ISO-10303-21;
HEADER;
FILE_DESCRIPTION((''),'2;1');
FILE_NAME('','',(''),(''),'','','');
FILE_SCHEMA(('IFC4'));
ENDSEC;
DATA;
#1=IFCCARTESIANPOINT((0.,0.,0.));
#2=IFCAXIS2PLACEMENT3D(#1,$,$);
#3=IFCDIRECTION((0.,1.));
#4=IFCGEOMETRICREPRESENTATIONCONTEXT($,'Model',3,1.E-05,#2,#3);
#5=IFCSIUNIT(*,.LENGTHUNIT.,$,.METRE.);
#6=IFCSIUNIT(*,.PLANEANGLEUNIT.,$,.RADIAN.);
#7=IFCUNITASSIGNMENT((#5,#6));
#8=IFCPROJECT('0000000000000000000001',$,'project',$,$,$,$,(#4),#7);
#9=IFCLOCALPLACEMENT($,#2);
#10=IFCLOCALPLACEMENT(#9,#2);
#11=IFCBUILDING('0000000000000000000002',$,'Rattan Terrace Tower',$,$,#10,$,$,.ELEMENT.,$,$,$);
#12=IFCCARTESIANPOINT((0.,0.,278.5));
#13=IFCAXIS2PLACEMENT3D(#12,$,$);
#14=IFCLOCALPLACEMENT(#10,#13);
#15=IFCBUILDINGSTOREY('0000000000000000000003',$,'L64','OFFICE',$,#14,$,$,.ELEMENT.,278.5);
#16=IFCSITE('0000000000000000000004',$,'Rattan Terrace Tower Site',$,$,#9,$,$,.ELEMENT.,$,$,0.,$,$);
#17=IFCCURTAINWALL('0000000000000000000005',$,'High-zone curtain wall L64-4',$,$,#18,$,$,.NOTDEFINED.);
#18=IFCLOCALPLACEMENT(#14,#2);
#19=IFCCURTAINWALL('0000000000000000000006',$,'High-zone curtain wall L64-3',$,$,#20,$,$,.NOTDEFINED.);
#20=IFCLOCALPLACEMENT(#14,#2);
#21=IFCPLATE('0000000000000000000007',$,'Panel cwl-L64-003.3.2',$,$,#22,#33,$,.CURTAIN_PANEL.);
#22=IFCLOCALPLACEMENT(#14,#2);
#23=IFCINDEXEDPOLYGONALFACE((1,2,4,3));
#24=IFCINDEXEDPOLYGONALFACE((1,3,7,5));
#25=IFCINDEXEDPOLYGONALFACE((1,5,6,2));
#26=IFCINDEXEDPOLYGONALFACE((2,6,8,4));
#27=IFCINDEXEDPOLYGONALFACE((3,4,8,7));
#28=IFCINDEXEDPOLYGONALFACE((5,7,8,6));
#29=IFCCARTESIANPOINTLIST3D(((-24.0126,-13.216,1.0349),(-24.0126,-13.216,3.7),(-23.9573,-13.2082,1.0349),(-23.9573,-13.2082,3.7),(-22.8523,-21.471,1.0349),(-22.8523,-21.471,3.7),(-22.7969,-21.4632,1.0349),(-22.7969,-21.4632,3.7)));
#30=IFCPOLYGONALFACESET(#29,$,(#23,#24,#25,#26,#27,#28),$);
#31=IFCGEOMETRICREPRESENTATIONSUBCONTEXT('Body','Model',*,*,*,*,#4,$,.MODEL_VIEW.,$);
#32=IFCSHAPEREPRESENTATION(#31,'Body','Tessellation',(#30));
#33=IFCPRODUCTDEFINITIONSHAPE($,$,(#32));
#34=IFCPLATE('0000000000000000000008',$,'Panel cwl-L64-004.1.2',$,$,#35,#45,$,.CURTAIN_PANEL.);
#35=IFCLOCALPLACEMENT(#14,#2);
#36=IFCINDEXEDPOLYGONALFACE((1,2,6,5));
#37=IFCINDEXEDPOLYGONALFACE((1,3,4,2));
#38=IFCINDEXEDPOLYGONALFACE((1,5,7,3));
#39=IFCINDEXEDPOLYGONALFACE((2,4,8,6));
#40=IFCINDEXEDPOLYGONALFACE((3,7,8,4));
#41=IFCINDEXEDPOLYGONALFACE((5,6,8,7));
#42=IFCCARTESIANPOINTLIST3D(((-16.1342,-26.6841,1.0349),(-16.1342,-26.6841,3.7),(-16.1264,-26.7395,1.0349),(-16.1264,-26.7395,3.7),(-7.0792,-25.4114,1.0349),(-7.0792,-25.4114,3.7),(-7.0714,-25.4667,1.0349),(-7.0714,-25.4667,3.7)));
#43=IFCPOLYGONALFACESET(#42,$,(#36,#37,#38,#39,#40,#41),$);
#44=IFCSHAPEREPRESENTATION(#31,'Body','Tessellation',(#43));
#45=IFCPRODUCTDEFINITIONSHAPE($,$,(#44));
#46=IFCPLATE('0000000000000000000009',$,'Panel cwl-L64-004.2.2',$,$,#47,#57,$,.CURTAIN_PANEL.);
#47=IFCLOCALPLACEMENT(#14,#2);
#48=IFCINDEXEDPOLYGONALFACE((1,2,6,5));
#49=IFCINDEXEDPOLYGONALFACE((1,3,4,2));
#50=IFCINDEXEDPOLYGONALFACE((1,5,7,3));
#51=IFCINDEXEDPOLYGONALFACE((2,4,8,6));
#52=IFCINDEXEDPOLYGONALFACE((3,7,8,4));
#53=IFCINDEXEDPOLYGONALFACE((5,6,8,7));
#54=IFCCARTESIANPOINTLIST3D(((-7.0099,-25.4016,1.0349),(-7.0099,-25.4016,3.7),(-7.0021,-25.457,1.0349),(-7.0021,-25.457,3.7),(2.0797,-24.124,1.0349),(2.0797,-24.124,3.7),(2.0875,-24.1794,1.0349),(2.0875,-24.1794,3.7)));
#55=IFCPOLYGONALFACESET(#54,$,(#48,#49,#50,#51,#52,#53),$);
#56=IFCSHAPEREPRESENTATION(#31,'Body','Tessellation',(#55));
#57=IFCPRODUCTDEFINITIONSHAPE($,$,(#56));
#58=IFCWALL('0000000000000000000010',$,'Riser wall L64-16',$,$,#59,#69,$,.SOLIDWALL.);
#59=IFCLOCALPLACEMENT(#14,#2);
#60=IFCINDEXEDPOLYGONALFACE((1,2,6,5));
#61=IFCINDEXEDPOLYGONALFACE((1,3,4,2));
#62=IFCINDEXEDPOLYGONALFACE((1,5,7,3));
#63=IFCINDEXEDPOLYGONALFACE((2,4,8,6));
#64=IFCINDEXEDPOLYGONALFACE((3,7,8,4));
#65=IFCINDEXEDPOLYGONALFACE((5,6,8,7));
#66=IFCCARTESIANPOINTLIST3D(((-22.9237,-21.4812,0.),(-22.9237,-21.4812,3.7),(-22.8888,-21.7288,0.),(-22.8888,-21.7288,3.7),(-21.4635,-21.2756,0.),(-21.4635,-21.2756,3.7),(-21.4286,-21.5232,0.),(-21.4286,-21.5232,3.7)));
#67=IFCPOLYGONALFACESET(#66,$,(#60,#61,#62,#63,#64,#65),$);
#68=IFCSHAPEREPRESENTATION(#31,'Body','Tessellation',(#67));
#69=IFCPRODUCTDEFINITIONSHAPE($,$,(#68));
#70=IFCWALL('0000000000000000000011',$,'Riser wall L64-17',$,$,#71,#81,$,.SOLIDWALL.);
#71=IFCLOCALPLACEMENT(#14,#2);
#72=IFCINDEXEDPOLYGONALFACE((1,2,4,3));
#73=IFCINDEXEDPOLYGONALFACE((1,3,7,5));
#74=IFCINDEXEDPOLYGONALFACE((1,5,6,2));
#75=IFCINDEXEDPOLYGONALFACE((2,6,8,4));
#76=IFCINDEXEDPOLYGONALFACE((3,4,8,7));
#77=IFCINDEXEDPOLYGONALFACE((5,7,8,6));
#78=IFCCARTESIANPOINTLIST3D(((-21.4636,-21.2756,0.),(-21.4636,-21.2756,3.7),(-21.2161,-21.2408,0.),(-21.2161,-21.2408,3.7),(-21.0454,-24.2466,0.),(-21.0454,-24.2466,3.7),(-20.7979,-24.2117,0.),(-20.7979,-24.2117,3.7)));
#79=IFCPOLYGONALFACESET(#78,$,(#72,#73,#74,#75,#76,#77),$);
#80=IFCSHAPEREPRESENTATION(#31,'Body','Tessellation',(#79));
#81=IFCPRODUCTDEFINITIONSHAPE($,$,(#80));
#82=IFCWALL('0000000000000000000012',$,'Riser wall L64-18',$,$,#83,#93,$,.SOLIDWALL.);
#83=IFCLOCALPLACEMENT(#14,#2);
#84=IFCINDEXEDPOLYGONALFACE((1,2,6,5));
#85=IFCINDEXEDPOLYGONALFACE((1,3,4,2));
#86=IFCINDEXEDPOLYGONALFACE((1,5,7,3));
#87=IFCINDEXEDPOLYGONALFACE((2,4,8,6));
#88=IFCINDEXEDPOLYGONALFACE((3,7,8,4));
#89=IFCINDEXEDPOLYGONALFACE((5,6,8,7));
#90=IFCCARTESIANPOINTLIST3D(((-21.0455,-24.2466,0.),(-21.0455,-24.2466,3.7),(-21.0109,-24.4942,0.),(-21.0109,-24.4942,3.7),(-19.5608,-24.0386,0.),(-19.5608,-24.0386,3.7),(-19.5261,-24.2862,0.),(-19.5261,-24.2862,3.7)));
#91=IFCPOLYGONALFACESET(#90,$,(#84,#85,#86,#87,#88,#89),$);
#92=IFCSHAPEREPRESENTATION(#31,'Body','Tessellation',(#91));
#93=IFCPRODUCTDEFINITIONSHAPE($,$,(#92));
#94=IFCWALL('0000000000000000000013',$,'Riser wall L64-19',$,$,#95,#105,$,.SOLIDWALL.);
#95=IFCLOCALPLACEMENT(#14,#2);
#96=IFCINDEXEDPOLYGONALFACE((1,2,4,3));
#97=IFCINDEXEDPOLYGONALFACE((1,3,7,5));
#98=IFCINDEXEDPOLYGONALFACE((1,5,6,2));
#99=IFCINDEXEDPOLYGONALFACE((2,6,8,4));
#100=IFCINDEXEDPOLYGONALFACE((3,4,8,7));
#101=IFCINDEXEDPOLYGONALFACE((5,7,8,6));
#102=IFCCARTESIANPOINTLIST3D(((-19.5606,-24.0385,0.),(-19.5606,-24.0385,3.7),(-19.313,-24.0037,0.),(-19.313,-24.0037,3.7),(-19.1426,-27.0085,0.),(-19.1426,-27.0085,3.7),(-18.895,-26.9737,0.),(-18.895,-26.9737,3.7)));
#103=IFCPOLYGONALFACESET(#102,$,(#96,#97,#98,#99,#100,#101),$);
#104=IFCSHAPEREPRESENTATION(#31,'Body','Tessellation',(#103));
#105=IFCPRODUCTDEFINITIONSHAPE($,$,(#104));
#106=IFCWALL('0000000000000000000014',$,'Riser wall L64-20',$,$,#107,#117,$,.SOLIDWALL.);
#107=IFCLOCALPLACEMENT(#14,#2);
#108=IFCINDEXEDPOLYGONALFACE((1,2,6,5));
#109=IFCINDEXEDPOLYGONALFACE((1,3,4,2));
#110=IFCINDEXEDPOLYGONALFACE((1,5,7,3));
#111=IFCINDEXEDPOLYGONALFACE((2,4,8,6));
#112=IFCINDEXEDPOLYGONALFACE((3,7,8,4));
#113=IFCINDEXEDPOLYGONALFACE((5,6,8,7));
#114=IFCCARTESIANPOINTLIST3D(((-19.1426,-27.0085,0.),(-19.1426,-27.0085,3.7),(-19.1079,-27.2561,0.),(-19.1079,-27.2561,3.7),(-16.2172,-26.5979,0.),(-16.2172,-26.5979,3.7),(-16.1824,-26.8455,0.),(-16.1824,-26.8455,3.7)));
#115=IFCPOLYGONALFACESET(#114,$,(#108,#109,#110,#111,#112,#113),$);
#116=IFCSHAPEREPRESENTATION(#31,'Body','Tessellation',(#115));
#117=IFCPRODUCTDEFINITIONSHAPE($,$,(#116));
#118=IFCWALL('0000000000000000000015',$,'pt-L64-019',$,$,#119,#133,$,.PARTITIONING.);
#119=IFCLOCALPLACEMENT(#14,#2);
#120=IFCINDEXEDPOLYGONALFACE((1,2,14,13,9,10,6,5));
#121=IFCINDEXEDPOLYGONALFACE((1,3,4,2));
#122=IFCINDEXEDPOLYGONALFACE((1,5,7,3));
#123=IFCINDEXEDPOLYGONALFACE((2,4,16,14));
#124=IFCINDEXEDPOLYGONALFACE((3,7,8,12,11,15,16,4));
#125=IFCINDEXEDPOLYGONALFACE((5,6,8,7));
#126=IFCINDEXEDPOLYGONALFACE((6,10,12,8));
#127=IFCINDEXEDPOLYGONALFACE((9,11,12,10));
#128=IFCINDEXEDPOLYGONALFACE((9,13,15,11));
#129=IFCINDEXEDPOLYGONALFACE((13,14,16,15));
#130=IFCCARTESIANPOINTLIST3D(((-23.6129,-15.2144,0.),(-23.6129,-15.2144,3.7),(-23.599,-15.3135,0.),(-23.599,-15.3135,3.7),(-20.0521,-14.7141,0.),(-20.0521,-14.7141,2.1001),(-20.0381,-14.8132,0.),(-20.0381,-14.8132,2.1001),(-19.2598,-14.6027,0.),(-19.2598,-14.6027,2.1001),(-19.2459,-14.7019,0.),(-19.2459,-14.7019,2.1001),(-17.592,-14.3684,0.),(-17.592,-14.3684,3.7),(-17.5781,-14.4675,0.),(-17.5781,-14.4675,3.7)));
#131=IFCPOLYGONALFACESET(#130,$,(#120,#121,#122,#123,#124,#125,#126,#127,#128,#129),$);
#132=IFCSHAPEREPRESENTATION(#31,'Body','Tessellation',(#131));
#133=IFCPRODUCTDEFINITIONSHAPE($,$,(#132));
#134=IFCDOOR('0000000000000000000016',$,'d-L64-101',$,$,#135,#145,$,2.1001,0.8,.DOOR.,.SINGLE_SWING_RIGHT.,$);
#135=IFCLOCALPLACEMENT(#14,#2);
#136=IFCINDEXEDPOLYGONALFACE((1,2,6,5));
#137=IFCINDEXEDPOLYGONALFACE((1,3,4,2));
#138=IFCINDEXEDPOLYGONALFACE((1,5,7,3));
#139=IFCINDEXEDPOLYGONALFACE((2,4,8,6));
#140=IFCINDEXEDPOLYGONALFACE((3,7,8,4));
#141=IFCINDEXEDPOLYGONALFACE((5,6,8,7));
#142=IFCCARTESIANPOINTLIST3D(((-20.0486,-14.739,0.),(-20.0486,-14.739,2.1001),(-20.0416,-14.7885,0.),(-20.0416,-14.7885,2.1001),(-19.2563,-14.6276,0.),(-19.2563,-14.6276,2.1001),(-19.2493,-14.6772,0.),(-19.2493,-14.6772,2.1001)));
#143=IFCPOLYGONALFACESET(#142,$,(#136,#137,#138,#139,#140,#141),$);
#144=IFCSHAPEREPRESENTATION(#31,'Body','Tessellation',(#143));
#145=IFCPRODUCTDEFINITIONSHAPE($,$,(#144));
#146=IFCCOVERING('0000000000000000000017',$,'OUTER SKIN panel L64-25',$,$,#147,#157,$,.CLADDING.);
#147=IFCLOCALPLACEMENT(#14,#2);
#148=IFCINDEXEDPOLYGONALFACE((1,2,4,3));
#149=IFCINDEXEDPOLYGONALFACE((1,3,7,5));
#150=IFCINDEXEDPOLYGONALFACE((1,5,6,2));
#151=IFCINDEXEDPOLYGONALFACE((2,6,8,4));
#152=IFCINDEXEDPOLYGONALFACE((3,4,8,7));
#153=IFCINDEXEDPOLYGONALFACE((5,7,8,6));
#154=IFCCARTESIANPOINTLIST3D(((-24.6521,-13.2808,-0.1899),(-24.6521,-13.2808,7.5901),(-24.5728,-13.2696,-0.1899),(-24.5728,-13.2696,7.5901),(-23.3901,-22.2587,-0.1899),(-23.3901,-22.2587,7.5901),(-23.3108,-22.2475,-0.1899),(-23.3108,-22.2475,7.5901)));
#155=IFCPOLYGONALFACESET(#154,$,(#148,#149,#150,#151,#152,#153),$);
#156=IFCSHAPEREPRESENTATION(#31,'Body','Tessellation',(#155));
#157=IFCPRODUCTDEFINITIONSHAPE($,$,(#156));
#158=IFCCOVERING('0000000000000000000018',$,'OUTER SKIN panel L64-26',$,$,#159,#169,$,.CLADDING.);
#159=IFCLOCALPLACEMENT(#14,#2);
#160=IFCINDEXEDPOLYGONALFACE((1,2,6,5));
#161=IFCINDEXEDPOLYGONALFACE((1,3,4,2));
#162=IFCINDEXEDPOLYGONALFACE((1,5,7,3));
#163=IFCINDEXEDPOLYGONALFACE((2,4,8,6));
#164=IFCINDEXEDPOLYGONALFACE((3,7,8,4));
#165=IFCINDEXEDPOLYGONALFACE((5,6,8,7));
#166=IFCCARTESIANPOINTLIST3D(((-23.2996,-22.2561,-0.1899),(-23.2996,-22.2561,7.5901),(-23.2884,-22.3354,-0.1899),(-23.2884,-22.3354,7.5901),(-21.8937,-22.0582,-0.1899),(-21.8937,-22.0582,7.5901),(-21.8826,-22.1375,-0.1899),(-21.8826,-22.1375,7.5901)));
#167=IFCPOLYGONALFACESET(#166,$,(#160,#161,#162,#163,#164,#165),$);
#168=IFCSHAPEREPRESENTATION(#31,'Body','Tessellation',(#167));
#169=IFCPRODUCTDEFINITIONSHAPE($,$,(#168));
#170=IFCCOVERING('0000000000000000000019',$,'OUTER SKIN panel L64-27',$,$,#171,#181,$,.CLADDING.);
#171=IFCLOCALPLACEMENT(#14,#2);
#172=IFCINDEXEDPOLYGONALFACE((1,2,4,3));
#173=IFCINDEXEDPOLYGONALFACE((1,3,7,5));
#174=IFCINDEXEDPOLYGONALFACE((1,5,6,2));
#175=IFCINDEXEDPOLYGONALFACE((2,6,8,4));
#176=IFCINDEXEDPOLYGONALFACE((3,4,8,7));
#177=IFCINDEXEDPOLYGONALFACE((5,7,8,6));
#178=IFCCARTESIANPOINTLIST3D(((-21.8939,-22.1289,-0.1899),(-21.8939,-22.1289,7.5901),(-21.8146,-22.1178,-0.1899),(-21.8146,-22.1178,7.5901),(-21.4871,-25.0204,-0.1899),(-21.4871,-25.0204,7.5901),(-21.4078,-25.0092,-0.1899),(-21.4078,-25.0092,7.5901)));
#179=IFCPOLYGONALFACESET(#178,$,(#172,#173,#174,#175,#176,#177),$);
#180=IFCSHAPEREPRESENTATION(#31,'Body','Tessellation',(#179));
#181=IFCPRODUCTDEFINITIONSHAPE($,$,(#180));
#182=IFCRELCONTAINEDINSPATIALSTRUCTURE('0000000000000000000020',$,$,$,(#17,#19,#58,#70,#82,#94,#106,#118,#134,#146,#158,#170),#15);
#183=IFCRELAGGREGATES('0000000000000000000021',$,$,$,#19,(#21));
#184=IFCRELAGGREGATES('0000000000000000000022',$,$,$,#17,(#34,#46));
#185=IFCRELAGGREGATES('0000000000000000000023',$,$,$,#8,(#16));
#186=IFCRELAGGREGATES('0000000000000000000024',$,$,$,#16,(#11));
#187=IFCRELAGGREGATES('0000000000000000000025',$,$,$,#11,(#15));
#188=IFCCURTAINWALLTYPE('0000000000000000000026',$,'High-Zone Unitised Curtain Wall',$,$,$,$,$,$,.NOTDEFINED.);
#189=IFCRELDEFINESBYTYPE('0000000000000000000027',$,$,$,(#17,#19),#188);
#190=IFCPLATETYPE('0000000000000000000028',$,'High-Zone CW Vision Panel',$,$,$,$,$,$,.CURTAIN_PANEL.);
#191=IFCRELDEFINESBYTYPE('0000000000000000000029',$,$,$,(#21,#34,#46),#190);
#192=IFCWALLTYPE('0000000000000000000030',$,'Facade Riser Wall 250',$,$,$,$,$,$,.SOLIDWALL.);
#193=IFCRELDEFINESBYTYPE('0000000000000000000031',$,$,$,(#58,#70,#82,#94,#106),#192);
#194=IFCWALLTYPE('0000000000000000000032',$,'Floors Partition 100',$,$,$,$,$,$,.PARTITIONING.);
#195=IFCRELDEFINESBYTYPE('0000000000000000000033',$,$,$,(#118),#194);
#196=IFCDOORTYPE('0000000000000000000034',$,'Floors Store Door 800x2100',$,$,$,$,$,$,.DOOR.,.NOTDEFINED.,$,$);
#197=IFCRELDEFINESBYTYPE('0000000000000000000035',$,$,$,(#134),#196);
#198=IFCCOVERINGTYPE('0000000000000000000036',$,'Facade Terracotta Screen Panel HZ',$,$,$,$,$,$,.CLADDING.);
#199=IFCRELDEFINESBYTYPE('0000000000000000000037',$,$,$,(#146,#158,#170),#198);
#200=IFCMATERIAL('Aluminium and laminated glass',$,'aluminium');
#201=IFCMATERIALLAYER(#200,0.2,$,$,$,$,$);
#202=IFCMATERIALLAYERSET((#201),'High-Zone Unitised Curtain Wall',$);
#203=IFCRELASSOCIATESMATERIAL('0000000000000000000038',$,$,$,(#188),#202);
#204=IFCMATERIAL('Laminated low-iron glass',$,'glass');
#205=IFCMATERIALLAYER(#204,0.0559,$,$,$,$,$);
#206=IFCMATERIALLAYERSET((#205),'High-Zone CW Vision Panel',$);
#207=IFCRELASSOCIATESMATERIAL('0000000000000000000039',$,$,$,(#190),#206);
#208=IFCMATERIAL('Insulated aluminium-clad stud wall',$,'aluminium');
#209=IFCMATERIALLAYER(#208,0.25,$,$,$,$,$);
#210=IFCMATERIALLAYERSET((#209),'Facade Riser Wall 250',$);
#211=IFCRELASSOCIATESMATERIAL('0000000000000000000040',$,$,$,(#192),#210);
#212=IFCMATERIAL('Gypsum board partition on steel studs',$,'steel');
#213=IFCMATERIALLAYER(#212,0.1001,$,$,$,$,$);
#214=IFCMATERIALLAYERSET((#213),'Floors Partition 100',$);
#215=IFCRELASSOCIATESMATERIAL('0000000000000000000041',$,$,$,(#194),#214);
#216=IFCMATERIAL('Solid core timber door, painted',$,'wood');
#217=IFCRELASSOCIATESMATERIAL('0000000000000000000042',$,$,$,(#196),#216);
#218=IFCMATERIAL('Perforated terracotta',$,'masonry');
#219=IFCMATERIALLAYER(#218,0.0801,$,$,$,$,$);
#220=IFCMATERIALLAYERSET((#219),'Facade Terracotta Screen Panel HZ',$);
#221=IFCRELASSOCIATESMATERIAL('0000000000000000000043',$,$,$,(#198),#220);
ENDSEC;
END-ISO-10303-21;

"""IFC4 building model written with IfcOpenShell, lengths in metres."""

from ifc_helpers import new_model, si_unit, direction, frame, frame_2d, origin, origin_2d, place, context, subcontext, project, spatial, rectangle, extrude, material, layer, layer_set, type_object, element, fill, aggregate, save


model = new_model("IFC4")

# Units and contexts
model_context = context("Model", 3, precision=1e-05, world=origin(), true_north=direction((0.0, 1.0)))
body_context = subcontext(model_context, "Body", "Model", "MODEL_VIEW")
ifc_project = project(units=[si_unit("LENGTHUNIT", "METRE"), si_unit("PLANEANGLEUNIT", "RADIAN")], contexts=[model_context])

# Site, building, storey
site_placement = place(None, origin())
site = spatial("IfcSite", under=ifc_project, at=site_placement, Name="Rattan Terrace Tower Site", CompositionType="ELEMENT", RefElevation=0.0)
building_placement = place(site_placement, origin())
building = spatial("IfcBuilding", under=site, at=building_placement, Name="Rattan Terrace Tower", CompositionType="ELEMENT")
storey_placement = place(building_placement, frame((0.0, 0.0, 278.5)))
storey = spatial("IfcBuildingStorey", under=building, at=storey_placement, Name="L64", Description="OFFICE", CompositionType="ELEMENT", Elevation=278.5)

# Curtain wall
ifc_material_1 = material(Name="Aluminium and laminated glass", Category="aluminium")
ifc_layer_1 = layer(ifc_material_1, 0.2)
ifc_layer_set_1 = layer_set([ifc_layer_1], Name="High-Zone Unitised Curtain Wall")
curtain_wall_type = type_object("IfcCurtainWallType", Name="High-Zone Unitised Curtain Wall", PredefinedType="NOTDEFINED", material=ifc_layer_set_1)
curtain_wall_1_placement = place(storey_placement, origin())
curtain_wall_1 = element("IfcCurtainWall", 1, at=curtain_wall_1_placement, inside=storey, type_object=curtain_wall_type, Name="High-zone curtain wall L64-4", PredefinedType="NOTDEFINED")

# Curtain wall
curtain_wall_2_placement = place(storey_placement, origin())
curtain_wall_2 = element("IfcCurtainWall", 2, at=curtain_wall_2_placement, inside=storey, type_object=curtain_wall_type, Name="High-zone curtain wall L64-3", PredefinedType="NOTDEFINED")

# Plates
ifc_material_2 = material(Name="Laminated low-iron glass", Category="glass")
ifc_layer_2 = layer(ifc_material_2, 0.0559)
ifc_layer_set_2 = layer_set([ifc_layer_2], Name="High-Zone CW Vision Panel")
plate_type_1 = type_object("IfcPlateType", Name="High-Zone CW Vision Panel", PredefinedType="CURTAIN_PANEL", material=ifc_layer_set_2)
plate_1_placement = place(storey_placement, frame((-23.4048, -17.3396, 1.0349), z_axis=(0.0, 0.0, 1.0), x_axis=(0.139192, -0.990265, 0.0)))
plate_1 = element("IfcPlate", 3, at=plate_1_placement, type_object=plate_type_1, Name="Panel cwl-L64-003.3.2", PredefinedType="CURTAIN_PANEL", context=body_context, shape_type="SweptSolid", body=[
    extrude(rectangle(XDim=8.3362, YDim=0.0559, at=origin_2d()), origin(), (0.0, 0.0, 1.0), 2.665),
])
aggregate(curtain_wall_2, [plate_1])
plate_2_placement = place(storey_placement, frame((-11.6028, -26.0754, 1.0349), z_axis=(0.0, 0.0, 1.0), x_axis=(0.990266, 0.139189, 0.0)))
plate_2 = element("IfcPlate", 4, at=plate_2_placement, type_object=plate_type_1, Name="Panel cwl-L64-004.1.2", PredefinedType="CURTAIN_PANEL", context=body_context, shape_type="SweptSolid", body=[
    extrude(rectangle(XDim=9.144, YDim=0.0559, at=origin_2d()), origin(), (0.0, 0.0, 1.0), 2.665),
])
plate_3_placement = place(storey_placement, frame((-2.4612, -24.7905, 1.0349), z_axis=(0.0, 0.0, 1.0), x_axis=(0.990266, 0.139189, 0.0)))
plate_3 = element("IfcPlate", 5, at=plate_3_placement, type_object=plate_type_1, Name="Panel cwl-L64-004.2.2", PredefinedType="CURTAIN_PANEL", context=body_context, shape_type="SweptSolid", body=[
    extrude(rectangle(XDim=9.179, YDim=0.0559, at=origin_2d()), origin(), (0.0, 0.0, 1.0), 2.665),
])
aggregate(curtain_wall_1, [plate_2, plate_3])

# Walls
ifc_material_3 = material(Name="Insulated aluminium-clad stud wall", Category="aluminium")
ifc_layer_3 = layer(ifc_material_3, 0.25)
ifc_layer_set_3 = layer_set([ifc_layer_3], Name="Facade Riser Wall 250")
wall_type_1 = type_object("IfcWallType", Name="Facade Riser Wall 250", PredefinedType="SOLIDWALL", material=ifc_layer_set_3)
wall_1_placement = place(storey_placement, frame((-22.9062, -21.605, 0.0), z_axis=(0.0, 0.0, 1.0), x_axis=(0.990236, 0.139404, 0.0)))
element("IfcWall", 6, at=wall_1_placement, inside=storey, type_object=wall_type_1, Name="Riser wall L64-16", PredefinedType="SOLIDWALL", context=body_context, shape_type="SweptSolid", body=[
    extrude(rectangle(XDim=1.4746, YDim=0.25, at=frame_2d((0.7373, 0.0))), origin(), (0.0, 0.0, 1.0), 3.7),
])
wall_2_placement = place(storey_placement, frame((-21.3398, -21.2583, 0.0), z_axis=(0.0, 0.0, 1.0), x_axis=(0.139393, -0.990237, 0.0)))
element("IfcWall", 7, at=wall_2_placement, inside=storey, type_object=wall_type_1, Name="Riser wall L64-17", PredefinedType="SOLIDWALL", context=body_context, shape_type="SweptSolid", body=[
    extrude(rectangle(XDim=3.0002, YDim=0.25, at=frame_2d((1.5, 0.0))), origin(), (0.0, 0.0, 1.0), 3.7),
])
wall_3_placement = place(storey_placement, frame((-21.0281, -24.3704, 0.0), z_axis=(0.0, 0.0, 1.0), x_axis=(0.99033, 0.138731, 0.0)))
element("IfcWall", 8, at=wall_3_placement, inside=storey, type_object=wall_type_1, Name="Riser wall L64-18", PredefinedType="SOLIDWALL", context=body_context, shape_type="SweptSolid", body=[
    extrude(rectangle(XDim=1.4993, YDim=0.25, at=frame_2d((0.7495, 0.0))), origin(), (0.0, 0.0, 1.0), 3.7),
])
wall_4_placement = place(storey_placement, frame((-19.4368, -24.0212, 0.0), z_axis=(0.0, 0.0, 1.0), x_axis=(0.139358, -0.990242, 0.0)))
element("IfcWall", 9, at=wall_4_placement, inside=storey, type_object=wall_type_1, Name="Riser wall L64-19", PredefinedType="SOLIDWALL", context=body_context, shape_type="SweptSolid", body=[
    extrude(rectangle(XDim=2.9993, YDim=0.25, at=frame_2d((1.4995, 0.0))), origin(), (0.0, 0.0, 1.0), 3.7),
])
wall_5_placement = place(storey_placement, frame((-19.1252, -27.1323, 0.0), z_axis=(0.0, 0.0, 1.0), x_axis=(0.990292, 0.139003, 0.0)))
element("IfcWall", 10, at=wall_5_placement, inside=storey, type_object=wall_type_1, Name="Riser wall L64-20", PredefinedType="SOLIDWALL", context=body_context, shape_type="SweptSolid", body=[
    extrude(rectangle(XDim=2.9541, YDim=0.25, at=frame_2d((1.4771, 0.0))), origin(), (0.0, 0.0, 1.0), 3.7),
])

# Wall, opening, door
ifc_material_4 = material(Name="Gypsum board partition on steel studs", Category="steel")
ifc_layer_4 = layer(ifc_material_4, 0.1001)
ifc_layer_set_4 = layer_set([ifc_layer_4], Name="Floors Partition 100")
wall_type_2 = type_object("IfcWallType", Name="Floors Partition 100", PredefinedType="PARTITIONING", material=ifc_layer_set_4)
wall_6_placement = place(storey_placement, frame((-23.606, -15.2639, 0.0), z_axis=(0.0, 0.0, 1.0), x_axis=(0.990274, 0.139133, 0.0)))
wall_6 = element("IfcWall", 11, at=wall_6_placement, inside=storey, type_object=wall_type_2, Name="pt-L64-019", PredefinedType="PARTITIONING", context=body_context, shape_type="SweptSolid", body=[
    extrude(rectangle(XDim=6.0801, YDim=0.1001, at=frame_2d((3.04, 0.0))), origin(), (0.0, 0.0, 1.0), 3.7),
])
opening_placement = place(wall_6_placement, frame((3.5959, 0.0, 0.0)))
opening = element("IfcOpeningElement", 12, at=opening_placement, cuts=wall_6, PredefinedType="OPENING", context=body_context, shape_type="SweptSolid", body=[
    extrude(rectangle(XDim=0.8, YDim=2.1001, at=frame_2d((0.3999, 1.05))), frame((0.0, 0.0605, 0.0), z_axis=(0.0, -1.0, 0.0), x_axis=(1.0, 0.0, 0.0)), (0.0, 0.0, 1.0), 0.1211),
])
ifc_material_5 = material(Name="Solid core timber door, painted", Category="wood")
door_type = type_object("IfcDoorType", Name="Floors Store Door 800x2100", OperationType="NOTDEFINED", PredefinedType="DOOR", material=ifc_material_5)
door_placement = place(opening_placement, origin())
door = element("IfcDoor", 13, at=door_placement, inside=storey, type_object=door_type, Name="d-L64-101", OperationType="SINGLE_SWING_RIGHT", OverallHeight=2.1001, OverallWidth=0.8, PredefinedType="DOOR", context=body_context, shape_type="SweptSolid", body=[
    extrude(rectangle(XDim=0.8, YDim=2.1001, at=frame_2d((0.3999, 1.05))), frame((0.0, 0.0249, 0.0), z_axis=(0.0, -1.0, 0.0), x_axis=(1.0, 0.0, 0.0)), (0.0, 0.0, 1.0), 0.05),
])
fill(opening, door)

# Coverings
ifc_material_6 = material(Name="Perforated terracotta", Category="masonry")
ifc_layer_5 = layer(ifc_material_6, 0.0801)
ifc_layer_set_5 = layer_set([ifc_layer_5], Name="Facade Terracotta Screen Panel HZ")
covering_type = type_object("IfcCoveringType", Name="Facade Terracotta Screen Panel HZ", PredefinedType="CLADDING", material=ifc_layer_set_5)
covering_1_placement = place(storey_placement, frame((-23.9814, -17.7642, -0.1899), z_axis=(0.0, 0.0, 1.0), x_axis=(0.139192, -0.990265, 0.0)))
element("IfcCovering", 14, at=covering_1_placement, inside=storey, type_object=covering_type, Name="OUTER SKIN panel L64-25", PredefinedType="CLADDING", context=body_context, shape_type="SweptSolid", body=[
    extrude(rectangle(XDim=9.0662, YDim=0.0801, at=origin_2d()), origin(), (0.0, 0.0, 1.0), 7.78),
])
covering_2_placement = place(storey_placement, frame((-22.5911, -22.1968, -0.1899), z_axis=(0.0, 0.0, 1.0), x_axis=(0.990241, 0.139367, 0.0)))
element("IfcCovering", 15, at=covering_2_placement, inside=storey, type_object=covering_type, Name="OUTER SKIN panel L64-26", PredefinedType="CLADDING", context=body_context, shape_type="SweptSolid", body=[
    extrude(rectangle(XDim=1.4197, YDim=0.0801, at=origin_2d()), origin(), (0.0, 0.0, 1.0), 7.78),
])
covering_3_placement = place(storey_placement, frame((-21.6509, -23.5691, -0.1899), z_axis=(0.0, 0.0, 1.0), x_axis=(0.139321, -0.990247, 0.0)))
element("IfcCovering", 16, at=covering_3_placement, inside=storey, type_object=covering_type, Name="OUTER SKIN panel L64-27", PredefinedType="CLADDING", context=body_context, shape_type="SweptSolid", body=[
    extrude(rectangle(XDim=2.9199, YDim=0.0801, at=origin_2d()), origin(), (0.0, 0.0, 1.0), 7.78),
])

save(model, "model.ifc")
